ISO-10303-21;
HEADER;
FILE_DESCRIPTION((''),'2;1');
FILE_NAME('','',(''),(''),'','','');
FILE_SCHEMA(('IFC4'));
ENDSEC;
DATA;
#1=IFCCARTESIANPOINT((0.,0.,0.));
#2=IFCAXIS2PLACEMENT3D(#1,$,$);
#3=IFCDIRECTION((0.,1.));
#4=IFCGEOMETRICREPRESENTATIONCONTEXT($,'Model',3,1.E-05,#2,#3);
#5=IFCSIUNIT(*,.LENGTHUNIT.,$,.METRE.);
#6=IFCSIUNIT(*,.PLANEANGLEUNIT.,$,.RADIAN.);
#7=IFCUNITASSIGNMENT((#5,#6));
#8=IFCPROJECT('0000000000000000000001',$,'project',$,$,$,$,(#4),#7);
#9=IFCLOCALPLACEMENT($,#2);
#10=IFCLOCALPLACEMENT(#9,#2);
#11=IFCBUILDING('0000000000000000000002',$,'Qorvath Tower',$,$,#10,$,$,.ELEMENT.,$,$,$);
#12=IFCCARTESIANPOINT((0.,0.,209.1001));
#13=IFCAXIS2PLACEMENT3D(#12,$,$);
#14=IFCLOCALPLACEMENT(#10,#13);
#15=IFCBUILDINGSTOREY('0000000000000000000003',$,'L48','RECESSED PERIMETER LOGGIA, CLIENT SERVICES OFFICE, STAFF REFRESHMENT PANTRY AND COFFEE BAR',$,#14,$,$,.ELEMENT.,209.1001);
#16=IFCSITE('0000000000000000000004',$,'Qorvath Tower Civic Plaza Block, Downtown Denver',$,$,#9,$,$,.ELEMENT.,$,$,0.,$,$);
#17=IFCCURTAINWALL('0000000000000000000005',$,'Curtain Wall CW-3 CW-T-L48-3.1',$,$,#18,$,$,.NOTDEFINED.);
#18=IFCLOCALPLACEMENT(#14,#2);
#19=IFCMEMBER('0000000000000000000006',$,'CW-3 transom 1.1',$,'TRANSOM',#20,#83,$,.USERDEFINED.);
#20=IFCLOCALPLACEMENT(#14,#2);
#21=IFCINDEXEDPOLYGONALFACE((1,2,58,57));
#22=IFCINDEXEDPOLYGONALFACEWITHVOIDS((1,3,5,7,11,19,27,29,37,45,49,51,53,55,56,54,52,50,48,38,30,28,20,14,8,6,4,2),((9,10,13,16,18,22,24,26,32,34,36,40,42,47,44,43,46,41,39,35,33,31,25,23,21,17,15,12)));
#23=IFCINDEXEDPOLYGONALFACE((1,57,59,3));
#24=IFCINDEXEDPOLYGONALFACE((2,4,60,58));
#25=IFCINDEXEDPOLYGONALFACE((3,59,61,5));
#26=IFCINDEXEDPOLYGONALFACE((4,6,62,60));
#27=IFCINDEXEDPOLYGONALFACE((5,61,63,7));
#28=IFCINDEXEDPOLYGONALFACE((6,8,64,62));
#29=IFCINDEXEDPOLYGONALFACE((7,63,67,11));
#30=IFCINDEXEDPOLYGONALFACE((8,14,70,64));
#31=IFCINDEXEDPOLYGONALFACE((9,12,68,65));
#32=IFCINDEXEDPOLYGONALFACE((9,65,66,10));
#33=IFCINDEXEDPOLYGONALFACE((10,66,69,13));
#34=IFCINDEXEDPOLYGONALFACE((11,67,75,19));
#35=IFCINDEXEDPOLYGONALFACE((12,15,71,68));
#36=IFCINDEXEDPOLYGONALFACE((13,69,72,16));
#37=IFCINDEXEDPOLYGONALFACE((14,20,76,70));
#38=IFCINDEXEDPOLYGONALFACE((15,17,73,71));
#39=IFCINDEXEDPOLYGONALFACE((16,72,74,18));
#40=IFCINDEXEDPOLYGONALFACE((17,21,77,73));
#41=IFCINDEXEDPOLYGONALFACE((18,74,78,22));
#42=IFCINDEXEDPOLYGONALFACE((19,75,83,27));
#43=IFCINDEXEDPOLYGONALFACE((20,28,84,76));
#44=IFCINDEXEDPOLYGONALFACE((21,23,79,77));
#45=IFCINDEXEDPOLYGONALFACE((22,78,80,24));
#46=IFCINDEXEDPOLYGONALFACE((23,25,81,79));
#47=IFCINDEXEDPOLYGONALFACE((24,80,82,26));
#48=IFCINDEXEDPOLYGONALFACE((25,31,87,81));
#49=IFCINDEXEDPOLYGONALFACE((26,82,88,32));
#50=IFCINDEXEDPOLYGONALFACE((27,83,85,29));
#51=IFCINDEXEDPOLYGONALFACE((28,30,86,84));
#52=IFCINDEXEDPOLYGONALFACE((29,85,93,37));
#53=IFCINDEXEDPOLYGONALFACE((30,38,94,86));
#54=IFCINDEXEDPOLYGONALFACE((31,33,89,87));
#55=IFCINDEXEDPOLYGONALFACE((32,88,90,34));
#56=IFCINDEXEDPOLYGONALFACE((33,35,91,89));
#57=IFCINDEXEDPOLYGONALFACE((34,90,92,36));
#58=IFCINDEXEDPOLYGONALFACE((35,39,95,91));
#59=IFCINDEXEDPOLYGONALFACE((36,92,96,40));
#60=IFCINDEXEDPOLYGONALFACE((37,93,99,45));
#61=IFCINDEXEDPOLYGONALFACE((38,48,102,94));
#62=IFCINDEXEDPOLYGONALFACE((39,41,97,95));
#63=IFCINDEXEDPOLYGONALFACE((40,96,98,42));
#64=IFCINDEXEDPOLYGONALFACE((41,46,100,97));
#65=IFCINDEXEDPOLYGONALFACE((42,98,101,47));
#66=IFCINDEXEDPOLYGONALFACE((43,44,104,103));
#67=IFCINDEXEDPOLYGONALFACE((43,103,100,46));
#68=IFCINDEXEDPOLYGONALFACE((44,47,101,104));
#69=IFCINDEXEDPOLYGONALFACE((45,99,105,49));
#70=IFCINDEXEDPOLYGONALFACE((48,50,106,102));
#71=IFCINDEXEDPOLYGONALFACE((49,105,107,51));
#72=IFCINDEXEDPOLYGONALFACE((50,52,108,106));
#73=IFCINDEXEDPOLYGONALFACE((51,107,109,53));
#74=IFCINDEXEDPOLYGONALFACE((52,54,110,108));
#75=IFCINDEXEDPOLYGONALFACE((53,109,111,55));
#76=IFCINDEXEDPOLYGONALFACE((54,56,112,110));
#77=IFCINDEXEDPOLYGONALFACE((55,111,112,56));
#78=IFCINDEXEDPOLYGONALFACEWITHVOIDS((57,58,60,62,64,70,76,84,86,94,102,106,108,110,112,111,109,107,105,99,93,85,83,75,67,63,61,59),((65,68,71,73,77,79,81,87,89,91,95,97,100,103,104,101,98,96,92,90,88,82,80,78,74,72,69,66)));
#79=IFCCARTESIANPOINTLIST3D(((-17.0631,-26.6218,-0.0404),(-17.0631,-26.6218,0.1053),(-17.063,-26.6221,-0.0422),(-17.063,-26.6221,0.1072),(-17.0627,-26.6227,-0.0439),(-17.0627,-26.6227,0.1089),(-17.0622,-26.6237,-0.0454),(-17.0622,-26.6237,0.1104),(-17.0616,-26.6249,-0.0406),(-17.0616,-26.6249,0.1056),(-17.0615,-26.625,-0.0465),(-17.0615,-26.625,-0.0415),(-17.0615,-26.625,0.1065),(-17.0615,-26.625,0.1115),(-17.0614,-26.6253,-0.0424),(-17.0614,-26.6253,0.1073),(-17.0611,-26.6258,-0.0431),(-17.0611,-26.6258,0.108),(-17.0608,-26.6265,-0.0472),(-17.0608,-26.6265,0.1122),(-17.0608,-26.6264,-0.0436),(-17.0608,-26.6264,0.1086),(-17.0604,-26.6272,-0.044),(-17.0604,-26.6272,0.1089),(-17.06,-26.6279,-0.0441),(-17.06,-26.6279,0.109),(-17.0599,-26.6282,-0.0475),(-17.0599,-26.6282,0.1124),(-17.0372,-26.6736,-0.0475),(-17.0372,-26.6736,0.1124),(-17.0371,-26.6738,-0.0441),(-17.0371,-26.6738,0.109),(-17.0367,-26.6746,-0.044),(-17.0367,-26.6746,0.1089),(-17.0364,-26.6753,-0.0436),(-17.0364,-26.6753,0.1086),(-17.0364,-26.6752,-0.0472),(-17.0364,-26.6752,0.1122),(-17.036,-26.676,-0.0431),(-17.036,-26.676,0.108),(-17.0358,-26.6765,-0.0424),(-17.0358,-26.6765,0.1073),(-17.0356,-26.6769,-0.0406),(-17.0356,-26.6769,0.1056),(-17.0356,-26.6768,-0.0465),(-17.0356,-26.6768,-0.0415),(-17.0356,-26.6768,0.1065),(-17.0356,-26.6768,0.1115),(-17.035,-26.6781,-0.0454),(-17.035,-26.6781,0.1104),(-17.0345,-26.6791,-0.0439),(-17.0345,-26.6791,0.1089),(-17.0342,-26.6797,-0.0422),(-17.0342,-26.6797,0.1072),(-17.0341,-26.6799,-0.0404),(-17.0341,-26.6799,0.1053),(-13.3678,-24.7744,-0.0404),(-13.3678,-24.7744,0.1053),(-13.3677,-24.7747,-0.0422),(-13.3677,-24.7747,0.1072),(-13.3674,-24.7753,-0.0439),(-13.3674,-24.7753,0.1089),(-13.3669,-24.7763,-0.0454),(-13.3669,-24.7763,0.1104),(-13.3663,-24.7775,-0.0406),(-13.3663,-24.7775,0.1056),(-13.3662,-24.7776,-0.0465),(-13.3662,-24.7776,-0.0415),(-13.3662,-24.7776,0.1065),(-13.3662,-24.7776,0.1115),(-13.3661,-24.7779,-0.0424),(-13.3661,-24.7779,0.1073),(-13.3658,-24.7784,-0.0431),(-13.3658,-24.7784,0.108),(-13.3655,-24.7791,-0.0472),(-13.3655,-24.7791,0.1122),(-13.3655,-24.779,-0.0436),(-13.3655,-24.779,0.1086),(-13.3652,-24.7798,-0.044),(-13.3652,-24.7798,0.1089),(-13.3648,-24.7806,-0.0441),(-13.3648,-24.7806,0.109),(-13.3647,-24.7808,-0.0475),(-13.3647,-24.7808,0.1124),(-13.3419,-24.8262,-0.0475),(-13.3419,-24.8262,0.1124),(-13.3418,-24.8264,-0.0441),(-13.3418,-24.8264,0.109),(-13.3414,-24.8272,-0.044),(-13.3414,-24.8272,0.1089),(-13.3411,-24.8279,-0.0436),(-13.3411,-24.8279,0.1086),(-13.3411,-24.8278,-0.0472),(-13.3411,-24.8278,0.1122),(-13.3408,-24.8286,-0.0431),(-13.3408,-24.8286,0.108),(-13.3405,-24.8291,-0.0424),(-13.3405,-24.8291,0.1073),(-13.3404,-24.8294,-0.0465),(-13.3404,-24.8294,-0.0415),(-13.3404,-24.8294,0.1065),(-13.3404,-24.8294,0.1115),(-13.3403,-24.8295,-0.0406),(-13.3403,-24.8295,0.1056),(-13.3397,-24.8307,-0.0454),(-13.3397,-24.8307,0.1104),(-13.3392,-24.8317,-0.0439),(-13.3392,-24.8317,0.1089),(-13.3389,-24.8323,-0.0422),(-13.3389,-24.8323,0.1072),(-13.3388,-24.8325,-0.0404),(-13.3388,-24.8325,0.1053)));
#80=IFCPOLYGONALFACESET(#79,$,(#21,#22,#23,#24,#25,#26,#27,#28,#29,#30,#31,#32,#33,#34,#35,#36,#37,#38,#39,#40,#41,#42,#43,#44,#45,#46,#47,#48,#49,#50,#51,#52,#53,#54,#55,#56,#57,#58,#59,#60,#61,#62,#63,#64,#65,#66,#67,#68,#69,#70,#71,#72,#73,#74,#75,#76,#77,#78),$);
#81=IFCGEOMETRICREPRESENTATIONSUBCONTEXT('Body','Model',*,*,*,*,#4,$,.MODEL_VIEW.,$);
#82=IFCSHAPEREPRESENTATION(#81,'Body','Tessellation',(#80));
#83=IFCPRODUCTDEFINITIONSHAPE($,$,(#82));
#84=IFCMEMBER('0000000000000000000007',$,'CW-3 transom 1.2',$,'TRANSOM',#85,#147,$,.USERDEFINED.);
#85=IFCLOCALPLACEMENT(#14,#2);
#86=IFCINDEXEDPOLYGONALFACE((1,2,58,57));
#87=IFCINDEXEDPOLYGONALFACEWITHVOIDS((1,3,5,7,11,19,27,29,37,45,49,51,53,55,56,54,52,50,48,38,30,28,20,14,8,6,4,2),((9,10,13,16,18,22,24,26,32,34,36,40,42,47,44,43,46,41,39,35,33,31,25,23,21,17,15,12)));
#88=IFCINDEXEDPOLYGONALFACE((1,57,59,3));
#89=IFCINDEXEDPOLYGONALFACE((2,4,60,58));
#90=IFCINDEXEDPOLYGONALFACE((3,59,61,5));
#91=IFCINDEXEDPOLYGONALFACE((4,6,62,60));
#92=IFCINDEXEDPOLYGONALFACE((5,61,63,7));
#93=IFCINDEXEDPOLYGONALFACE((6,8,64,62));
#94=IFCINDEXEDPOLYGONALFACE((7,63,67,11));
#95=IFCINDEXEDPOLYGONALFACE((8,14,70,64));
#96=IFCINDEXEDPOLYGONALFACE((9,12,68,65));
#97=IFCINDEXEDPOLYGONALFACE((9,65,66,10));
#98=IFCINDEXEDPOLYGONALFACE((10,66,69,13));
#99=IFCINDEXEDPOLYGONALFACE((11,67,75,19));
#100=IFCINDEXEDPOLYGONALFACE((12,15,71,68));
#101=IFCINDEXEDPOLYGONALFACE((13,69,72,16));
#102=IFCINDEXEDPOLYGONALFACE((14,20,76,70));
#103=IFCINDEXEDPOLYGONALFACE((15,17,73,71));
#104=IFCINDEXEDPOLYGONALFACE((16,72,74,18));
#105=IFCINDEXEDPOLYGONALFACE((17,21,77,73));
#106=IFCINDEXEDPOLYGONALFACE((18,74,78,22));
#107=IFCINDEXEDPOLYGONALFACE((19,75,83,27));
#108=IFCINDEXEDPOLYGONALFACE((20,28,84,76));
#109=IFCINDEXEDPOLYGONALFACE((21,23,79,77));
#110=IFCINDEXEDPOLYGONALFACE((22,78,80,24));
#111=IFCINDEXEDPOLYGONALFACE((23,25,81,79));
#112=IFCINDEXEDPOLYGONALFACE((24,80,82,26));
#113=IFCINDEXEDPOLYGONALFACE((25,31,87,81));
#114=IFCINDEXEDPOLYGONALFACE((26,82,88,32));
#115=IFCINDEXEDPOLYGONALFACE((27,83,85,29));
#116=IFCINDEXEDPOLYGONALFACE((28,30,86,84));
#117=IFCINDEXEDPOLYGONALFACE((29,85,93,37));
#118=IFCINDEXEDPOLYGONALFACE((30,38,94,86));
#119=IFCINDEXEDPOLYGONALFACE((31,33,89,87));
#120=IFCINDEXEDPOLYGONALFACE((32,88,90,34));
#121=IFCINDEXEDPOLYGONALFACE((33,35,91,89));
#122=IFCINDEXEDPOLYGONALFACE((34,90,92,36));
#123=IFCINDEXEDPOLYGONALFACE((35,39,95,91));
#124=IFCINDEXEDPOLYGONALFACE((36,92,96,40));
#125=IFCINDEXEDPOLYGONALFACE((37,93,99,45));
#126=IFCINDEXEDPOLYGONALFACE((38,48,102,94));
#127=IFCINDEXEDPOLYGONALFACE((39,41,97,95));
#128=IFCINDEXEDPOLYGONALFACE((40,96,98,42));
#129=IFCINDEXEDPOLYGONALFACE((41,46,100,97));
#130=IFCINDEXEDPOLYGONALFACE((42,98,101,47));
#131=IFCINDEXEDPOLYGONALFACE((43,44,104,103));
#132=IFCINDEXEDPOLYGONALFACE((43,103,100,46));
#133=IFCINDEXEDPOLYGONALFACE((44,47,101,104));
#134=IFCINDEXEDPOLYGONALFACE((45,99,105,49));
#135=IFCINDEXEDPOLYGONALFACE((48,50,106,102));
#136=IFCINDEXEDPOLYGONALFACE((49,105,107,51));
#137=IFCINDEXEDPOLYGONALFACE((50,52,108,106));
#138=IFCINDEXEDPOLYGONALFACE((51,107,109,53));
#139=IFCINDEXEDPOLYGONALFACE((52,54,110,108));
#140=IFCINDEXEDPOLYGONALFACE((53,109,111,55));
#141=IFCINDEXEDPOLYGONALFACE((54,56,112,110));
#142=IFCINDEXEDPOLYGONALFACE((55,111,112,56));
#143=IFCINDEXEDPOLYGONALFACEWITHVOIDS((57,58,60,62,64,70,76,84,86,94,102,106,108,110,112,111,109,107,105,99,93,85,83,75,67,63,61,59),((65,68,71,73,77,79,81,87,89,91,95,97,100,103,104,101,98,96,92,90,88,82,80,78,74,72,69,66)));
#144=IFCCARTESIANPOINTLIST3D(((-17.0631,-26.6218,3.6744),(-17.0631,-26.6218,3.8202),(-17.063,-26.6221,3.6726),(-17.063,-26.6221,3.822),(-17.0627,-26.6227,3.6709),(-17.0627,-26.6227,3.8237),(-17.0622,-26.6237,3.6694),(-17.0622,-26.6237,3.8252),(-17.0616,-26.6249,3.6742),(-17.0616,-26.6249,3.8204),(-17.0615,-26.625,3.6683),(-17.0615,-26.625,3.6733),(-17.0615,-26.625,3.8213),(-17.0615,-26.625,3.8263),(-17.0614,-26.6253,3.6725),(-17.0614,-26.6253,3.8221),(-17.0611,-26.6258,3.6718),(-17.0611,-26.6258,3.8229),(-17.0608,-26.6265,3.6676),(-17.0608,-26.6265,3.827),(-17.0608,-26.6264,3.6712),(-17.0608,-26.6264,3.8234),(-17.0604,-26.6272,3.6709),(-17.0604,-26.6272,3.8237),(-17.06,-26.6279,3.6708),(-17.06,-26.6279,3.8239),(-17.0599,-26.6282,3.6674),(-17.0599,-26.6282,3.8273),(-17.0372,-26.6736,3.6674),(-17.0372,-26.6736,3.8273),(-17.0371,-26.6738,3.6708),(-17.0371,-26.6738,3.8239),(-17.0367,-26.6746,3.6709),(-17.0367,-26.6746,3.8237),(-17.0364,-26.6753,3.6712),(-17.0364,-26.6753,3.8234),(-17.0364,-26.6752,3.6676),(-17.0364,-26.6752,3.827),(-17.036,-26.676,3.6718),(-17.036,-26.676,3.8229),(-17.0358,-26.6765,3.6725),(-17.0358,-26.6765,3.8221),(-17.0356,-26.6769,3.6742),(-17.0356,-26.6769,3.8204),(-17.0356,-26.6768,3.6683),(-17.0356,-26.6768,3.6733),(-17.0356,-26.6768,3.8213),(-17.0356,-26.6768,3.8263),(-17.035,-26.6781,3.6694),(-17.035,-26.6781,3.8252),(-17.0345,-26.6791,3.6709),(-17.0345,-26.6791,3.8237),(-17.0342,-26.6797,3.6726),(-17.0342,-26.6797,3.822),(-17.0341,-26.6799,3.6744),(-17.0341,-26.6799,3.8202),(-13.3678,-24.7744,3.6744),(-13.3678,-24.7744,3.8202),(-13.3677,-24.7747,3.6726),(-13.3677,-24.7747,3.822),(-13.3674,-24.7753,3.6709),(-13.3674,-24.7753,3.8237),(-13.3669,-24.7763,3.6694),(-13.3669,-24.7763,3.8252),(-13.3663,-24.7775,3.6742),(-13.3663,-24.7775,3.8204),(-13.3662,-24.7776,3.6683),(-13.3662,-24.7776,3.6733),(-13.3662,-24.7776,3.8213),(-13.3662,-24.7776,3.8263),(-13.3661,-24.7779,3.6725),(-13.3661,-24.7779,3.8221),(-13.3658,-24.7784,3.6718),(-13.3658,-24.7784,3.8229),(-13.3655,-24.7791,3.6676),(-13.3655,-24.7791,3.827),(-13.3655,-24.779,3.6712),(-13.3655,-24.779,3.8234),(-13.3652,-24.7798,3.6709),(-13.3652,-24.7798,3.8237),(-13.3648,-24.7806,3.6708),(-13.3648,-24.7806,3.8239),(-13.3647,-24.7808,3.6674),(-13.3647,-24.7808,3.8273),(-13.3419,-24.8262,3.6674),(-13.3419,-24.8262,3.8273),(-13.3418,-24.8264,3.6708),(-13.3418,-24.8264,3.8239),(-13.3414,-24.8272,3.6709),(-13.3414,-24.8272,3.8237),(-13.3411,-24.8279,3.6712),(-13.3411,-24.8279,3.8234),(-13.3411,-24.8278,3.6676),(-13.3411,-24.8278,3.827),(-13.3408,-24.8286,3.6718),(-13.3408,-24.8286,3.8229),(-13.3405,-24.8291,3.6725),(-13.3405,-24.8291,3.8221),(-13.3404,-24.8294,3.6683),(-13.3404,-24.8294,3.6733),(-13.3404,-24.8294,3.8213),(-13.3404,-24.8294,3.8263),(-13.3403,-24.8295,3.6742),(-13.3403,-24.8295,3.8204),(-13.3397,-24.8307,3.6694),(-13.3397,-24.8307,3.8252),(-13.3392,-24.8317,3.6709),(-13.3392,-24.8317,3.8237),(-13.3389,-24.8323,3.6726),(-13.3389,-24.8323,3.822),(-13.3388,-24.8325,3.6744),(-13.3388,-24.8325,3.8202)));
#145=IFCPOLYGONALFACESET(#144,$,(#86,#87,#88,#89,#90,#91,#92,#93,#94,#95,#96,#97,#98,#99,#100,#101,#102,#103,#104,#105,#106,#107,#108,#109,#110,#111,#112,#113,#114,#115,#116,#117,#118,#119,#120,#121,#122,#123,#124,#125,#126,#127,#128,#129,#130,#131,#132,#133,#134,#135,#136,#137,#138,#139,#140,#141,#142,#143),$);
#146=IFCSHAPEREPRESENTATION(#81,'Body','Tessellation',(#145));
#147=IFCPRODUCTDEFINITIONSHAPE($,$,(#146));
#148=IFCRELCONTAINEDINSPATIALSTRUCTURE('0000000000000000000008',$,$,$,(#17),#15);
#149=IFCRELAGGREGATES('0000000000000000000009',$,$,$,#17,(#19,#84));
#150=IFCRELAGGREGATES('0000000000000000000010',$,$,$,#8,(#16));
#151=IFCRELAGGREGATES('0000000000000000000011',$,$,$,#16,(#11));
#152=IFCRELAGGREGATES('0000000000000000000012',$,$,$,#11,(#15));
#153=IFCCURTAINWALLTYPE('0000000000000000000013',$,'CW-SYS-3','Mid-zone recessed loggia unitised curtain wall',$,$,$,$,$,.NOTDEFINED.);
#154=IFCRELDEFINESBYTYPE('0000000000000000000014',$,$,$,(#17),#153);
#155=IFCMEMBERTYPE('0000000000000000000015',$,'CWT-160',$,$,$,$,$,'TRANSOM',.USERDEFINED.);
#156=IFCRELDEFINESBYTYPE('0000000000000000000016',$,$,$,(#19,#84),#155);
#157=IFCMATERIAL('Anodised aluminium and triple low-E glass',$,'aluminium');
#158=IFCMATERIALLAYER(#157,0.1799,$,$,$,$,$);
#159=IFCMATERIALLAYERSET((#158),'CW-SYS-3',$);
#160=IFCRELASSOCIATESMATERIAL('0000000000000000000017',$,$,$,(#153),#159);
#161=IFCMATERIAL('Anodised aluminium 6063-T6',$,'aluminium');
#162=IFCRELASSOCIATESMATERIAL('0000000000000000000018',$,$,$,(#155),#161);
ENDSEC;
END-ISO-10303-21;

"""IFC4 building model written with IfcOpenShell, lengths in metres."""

from ifc_helpers import new_model, si_unit, direction, frame, origin, origin_2d, place, context, subcontext, project, spatial, hollow_rectangle, extrude, material, layer, layer_set, material_profile, profile_set, type_object, element, aggregate, save


model = new_model("IFC4")

# Units and contexts
model_context = context("Model", 3, precision=1e-05, world=origin(), true_north=direction((0.0, 1.0)))
body_context = subcontext(model_context, "Body", "Model", "MODEL_VIEW")
ifc_project = project(units=[si_unit("LENGTHUNIT", "METRE"), si_unit("PLANEANGLEUNIT", "RADIAN")], contexts=[model_context])

# Site, building, storey
site_placement = place(None, origin())
site = spatial("IfcSite", under=ifc_project, at=site_placement, Name="Qorvath Tower Civic Plaza Block, Downtown Denver", CompositionType="ELEMENT", RefElevation=0.0)
building_placement = place(site_placement, origin())
building = spatial("IfcBuilding", under=site, at=building_placement, Name="Qorvath Tower", CompositionType="ELEMENT")
storey_placement = place(building_placement, frame((0.0, 0.0, 209.1001)))
storey = spatial("IfcBuildingStorey", under=building, at=storey_placement, Name="L48", Description="RECESSED PERIMETER LOGGIA, CLIENT SERVICES OFFICE, STAFF REFRESHMENT PANTRY AND COFFEE BAR", CompositionType="ELEMENT", Elevation=209.1001)

# Shared definitions
ifc_material_1 = material(Name="Anodised aluminium and triple low-E glass", Category="aluminium")
ifc_layer_1 = layer(ifc_material_1, 0.1799)
ifc_layer_set_1 = layer_set([ifc_layer_1], Name="CW-SYS-3")
curtain_wall_type = type_object("IfcCurtainWallType", Name="CW-SYS-3", Description="Mid-zone recessed loggia unitised curtain wall", PredefinedType="NOTDEFINED", material=ifc_layer_set_1)

# Curtain wall
curtain_wall_1_placement = place(storey_placement, origin())
curtain_wall_1 = element("IfcCurtainWall", 1, at=curtain_wall_1_placement, inside=storey, type_object=curtain_wall_type, Name="Curtain Wall CW-3 CW-T-L48-3.1", PredefinedType="NOTDEFINED")

# Members
ifc_material_2 = material(Name="Anodised aluminium 6063-T6", Category="aluminium")
ifc_material_profile_1 = material_profile(ifc_material_2, hollow_rectangle(XDim=0.0649, YDim=0.1599, WallThickness=0.0034, InnerFilletRadius=0.0034, OuterFilletRadius=0.0071, at=origin_2d()), Name="CWT 160x65")
ifc_profile_set_1 = profile_set([ifc_material_profile_1], Name="Anodised aluminium 6063-T6")
member_type_1 = type_object("IfcMemberType", Name="CWT-160", ElementType="TRANSOM", PredefinedType="USERDEFINED", material=ifc_profile_set_1)
member_1_placement = place(storey_placement, frame((-17.0486, -26.6509, 0.0325), z_axis=(0.894451, 0.447166, 0.0), x_axis=(-0.447166, 0.894451, 0.0)))
member_1 = element("IfcMember", 2, at=member_1_placement, type_object=member_type_1, Name="CW-3 transom 1.1", ObjectType="TRANSOM", PredefinedType="USERDEFINED", context=body_context, shape_type="SweptSolid", body=[
    extrude(hollow_rectangle(XDim=0.0649, YDim=0.1599, WallThickness=0.0034, InnerFilletRadius=0.0034, OuterFilletRadius=0.0071, at=origin_2d()), origin(), (0.0, 0.0, 1.0), 4.1313),
])
member_2_placement = place(storey_placement, frame((-17.0486, -26.6509, 3.7473), z_axis=(0.894451, 0.447166, 0.0), x_axis=(-0.447166, 0.894451, 0.0)))
member_2 = element("IfcMember", 3, at=member_2_placement, type_object=member_type_1, Name="CW-3 transom 1.2", ObjectType="TRANSOM", PredefinedType="USERDEFINED", context=body_context, shape_type="SweptSolid", body=[
    extrude(hollow_rectangle(XDim=0.0649, YDim=0.1599, WallThickness=0.0034, InnerFilletRadius=0.0034, OuterFilletRadius=0.0071, at=origin_2d()), origin(), (0.0, 0.0, 1.0), 4.1313),
])

aggregate(curtain_wall_1, [member_1, member_2])

save(model, "model.ifc")
